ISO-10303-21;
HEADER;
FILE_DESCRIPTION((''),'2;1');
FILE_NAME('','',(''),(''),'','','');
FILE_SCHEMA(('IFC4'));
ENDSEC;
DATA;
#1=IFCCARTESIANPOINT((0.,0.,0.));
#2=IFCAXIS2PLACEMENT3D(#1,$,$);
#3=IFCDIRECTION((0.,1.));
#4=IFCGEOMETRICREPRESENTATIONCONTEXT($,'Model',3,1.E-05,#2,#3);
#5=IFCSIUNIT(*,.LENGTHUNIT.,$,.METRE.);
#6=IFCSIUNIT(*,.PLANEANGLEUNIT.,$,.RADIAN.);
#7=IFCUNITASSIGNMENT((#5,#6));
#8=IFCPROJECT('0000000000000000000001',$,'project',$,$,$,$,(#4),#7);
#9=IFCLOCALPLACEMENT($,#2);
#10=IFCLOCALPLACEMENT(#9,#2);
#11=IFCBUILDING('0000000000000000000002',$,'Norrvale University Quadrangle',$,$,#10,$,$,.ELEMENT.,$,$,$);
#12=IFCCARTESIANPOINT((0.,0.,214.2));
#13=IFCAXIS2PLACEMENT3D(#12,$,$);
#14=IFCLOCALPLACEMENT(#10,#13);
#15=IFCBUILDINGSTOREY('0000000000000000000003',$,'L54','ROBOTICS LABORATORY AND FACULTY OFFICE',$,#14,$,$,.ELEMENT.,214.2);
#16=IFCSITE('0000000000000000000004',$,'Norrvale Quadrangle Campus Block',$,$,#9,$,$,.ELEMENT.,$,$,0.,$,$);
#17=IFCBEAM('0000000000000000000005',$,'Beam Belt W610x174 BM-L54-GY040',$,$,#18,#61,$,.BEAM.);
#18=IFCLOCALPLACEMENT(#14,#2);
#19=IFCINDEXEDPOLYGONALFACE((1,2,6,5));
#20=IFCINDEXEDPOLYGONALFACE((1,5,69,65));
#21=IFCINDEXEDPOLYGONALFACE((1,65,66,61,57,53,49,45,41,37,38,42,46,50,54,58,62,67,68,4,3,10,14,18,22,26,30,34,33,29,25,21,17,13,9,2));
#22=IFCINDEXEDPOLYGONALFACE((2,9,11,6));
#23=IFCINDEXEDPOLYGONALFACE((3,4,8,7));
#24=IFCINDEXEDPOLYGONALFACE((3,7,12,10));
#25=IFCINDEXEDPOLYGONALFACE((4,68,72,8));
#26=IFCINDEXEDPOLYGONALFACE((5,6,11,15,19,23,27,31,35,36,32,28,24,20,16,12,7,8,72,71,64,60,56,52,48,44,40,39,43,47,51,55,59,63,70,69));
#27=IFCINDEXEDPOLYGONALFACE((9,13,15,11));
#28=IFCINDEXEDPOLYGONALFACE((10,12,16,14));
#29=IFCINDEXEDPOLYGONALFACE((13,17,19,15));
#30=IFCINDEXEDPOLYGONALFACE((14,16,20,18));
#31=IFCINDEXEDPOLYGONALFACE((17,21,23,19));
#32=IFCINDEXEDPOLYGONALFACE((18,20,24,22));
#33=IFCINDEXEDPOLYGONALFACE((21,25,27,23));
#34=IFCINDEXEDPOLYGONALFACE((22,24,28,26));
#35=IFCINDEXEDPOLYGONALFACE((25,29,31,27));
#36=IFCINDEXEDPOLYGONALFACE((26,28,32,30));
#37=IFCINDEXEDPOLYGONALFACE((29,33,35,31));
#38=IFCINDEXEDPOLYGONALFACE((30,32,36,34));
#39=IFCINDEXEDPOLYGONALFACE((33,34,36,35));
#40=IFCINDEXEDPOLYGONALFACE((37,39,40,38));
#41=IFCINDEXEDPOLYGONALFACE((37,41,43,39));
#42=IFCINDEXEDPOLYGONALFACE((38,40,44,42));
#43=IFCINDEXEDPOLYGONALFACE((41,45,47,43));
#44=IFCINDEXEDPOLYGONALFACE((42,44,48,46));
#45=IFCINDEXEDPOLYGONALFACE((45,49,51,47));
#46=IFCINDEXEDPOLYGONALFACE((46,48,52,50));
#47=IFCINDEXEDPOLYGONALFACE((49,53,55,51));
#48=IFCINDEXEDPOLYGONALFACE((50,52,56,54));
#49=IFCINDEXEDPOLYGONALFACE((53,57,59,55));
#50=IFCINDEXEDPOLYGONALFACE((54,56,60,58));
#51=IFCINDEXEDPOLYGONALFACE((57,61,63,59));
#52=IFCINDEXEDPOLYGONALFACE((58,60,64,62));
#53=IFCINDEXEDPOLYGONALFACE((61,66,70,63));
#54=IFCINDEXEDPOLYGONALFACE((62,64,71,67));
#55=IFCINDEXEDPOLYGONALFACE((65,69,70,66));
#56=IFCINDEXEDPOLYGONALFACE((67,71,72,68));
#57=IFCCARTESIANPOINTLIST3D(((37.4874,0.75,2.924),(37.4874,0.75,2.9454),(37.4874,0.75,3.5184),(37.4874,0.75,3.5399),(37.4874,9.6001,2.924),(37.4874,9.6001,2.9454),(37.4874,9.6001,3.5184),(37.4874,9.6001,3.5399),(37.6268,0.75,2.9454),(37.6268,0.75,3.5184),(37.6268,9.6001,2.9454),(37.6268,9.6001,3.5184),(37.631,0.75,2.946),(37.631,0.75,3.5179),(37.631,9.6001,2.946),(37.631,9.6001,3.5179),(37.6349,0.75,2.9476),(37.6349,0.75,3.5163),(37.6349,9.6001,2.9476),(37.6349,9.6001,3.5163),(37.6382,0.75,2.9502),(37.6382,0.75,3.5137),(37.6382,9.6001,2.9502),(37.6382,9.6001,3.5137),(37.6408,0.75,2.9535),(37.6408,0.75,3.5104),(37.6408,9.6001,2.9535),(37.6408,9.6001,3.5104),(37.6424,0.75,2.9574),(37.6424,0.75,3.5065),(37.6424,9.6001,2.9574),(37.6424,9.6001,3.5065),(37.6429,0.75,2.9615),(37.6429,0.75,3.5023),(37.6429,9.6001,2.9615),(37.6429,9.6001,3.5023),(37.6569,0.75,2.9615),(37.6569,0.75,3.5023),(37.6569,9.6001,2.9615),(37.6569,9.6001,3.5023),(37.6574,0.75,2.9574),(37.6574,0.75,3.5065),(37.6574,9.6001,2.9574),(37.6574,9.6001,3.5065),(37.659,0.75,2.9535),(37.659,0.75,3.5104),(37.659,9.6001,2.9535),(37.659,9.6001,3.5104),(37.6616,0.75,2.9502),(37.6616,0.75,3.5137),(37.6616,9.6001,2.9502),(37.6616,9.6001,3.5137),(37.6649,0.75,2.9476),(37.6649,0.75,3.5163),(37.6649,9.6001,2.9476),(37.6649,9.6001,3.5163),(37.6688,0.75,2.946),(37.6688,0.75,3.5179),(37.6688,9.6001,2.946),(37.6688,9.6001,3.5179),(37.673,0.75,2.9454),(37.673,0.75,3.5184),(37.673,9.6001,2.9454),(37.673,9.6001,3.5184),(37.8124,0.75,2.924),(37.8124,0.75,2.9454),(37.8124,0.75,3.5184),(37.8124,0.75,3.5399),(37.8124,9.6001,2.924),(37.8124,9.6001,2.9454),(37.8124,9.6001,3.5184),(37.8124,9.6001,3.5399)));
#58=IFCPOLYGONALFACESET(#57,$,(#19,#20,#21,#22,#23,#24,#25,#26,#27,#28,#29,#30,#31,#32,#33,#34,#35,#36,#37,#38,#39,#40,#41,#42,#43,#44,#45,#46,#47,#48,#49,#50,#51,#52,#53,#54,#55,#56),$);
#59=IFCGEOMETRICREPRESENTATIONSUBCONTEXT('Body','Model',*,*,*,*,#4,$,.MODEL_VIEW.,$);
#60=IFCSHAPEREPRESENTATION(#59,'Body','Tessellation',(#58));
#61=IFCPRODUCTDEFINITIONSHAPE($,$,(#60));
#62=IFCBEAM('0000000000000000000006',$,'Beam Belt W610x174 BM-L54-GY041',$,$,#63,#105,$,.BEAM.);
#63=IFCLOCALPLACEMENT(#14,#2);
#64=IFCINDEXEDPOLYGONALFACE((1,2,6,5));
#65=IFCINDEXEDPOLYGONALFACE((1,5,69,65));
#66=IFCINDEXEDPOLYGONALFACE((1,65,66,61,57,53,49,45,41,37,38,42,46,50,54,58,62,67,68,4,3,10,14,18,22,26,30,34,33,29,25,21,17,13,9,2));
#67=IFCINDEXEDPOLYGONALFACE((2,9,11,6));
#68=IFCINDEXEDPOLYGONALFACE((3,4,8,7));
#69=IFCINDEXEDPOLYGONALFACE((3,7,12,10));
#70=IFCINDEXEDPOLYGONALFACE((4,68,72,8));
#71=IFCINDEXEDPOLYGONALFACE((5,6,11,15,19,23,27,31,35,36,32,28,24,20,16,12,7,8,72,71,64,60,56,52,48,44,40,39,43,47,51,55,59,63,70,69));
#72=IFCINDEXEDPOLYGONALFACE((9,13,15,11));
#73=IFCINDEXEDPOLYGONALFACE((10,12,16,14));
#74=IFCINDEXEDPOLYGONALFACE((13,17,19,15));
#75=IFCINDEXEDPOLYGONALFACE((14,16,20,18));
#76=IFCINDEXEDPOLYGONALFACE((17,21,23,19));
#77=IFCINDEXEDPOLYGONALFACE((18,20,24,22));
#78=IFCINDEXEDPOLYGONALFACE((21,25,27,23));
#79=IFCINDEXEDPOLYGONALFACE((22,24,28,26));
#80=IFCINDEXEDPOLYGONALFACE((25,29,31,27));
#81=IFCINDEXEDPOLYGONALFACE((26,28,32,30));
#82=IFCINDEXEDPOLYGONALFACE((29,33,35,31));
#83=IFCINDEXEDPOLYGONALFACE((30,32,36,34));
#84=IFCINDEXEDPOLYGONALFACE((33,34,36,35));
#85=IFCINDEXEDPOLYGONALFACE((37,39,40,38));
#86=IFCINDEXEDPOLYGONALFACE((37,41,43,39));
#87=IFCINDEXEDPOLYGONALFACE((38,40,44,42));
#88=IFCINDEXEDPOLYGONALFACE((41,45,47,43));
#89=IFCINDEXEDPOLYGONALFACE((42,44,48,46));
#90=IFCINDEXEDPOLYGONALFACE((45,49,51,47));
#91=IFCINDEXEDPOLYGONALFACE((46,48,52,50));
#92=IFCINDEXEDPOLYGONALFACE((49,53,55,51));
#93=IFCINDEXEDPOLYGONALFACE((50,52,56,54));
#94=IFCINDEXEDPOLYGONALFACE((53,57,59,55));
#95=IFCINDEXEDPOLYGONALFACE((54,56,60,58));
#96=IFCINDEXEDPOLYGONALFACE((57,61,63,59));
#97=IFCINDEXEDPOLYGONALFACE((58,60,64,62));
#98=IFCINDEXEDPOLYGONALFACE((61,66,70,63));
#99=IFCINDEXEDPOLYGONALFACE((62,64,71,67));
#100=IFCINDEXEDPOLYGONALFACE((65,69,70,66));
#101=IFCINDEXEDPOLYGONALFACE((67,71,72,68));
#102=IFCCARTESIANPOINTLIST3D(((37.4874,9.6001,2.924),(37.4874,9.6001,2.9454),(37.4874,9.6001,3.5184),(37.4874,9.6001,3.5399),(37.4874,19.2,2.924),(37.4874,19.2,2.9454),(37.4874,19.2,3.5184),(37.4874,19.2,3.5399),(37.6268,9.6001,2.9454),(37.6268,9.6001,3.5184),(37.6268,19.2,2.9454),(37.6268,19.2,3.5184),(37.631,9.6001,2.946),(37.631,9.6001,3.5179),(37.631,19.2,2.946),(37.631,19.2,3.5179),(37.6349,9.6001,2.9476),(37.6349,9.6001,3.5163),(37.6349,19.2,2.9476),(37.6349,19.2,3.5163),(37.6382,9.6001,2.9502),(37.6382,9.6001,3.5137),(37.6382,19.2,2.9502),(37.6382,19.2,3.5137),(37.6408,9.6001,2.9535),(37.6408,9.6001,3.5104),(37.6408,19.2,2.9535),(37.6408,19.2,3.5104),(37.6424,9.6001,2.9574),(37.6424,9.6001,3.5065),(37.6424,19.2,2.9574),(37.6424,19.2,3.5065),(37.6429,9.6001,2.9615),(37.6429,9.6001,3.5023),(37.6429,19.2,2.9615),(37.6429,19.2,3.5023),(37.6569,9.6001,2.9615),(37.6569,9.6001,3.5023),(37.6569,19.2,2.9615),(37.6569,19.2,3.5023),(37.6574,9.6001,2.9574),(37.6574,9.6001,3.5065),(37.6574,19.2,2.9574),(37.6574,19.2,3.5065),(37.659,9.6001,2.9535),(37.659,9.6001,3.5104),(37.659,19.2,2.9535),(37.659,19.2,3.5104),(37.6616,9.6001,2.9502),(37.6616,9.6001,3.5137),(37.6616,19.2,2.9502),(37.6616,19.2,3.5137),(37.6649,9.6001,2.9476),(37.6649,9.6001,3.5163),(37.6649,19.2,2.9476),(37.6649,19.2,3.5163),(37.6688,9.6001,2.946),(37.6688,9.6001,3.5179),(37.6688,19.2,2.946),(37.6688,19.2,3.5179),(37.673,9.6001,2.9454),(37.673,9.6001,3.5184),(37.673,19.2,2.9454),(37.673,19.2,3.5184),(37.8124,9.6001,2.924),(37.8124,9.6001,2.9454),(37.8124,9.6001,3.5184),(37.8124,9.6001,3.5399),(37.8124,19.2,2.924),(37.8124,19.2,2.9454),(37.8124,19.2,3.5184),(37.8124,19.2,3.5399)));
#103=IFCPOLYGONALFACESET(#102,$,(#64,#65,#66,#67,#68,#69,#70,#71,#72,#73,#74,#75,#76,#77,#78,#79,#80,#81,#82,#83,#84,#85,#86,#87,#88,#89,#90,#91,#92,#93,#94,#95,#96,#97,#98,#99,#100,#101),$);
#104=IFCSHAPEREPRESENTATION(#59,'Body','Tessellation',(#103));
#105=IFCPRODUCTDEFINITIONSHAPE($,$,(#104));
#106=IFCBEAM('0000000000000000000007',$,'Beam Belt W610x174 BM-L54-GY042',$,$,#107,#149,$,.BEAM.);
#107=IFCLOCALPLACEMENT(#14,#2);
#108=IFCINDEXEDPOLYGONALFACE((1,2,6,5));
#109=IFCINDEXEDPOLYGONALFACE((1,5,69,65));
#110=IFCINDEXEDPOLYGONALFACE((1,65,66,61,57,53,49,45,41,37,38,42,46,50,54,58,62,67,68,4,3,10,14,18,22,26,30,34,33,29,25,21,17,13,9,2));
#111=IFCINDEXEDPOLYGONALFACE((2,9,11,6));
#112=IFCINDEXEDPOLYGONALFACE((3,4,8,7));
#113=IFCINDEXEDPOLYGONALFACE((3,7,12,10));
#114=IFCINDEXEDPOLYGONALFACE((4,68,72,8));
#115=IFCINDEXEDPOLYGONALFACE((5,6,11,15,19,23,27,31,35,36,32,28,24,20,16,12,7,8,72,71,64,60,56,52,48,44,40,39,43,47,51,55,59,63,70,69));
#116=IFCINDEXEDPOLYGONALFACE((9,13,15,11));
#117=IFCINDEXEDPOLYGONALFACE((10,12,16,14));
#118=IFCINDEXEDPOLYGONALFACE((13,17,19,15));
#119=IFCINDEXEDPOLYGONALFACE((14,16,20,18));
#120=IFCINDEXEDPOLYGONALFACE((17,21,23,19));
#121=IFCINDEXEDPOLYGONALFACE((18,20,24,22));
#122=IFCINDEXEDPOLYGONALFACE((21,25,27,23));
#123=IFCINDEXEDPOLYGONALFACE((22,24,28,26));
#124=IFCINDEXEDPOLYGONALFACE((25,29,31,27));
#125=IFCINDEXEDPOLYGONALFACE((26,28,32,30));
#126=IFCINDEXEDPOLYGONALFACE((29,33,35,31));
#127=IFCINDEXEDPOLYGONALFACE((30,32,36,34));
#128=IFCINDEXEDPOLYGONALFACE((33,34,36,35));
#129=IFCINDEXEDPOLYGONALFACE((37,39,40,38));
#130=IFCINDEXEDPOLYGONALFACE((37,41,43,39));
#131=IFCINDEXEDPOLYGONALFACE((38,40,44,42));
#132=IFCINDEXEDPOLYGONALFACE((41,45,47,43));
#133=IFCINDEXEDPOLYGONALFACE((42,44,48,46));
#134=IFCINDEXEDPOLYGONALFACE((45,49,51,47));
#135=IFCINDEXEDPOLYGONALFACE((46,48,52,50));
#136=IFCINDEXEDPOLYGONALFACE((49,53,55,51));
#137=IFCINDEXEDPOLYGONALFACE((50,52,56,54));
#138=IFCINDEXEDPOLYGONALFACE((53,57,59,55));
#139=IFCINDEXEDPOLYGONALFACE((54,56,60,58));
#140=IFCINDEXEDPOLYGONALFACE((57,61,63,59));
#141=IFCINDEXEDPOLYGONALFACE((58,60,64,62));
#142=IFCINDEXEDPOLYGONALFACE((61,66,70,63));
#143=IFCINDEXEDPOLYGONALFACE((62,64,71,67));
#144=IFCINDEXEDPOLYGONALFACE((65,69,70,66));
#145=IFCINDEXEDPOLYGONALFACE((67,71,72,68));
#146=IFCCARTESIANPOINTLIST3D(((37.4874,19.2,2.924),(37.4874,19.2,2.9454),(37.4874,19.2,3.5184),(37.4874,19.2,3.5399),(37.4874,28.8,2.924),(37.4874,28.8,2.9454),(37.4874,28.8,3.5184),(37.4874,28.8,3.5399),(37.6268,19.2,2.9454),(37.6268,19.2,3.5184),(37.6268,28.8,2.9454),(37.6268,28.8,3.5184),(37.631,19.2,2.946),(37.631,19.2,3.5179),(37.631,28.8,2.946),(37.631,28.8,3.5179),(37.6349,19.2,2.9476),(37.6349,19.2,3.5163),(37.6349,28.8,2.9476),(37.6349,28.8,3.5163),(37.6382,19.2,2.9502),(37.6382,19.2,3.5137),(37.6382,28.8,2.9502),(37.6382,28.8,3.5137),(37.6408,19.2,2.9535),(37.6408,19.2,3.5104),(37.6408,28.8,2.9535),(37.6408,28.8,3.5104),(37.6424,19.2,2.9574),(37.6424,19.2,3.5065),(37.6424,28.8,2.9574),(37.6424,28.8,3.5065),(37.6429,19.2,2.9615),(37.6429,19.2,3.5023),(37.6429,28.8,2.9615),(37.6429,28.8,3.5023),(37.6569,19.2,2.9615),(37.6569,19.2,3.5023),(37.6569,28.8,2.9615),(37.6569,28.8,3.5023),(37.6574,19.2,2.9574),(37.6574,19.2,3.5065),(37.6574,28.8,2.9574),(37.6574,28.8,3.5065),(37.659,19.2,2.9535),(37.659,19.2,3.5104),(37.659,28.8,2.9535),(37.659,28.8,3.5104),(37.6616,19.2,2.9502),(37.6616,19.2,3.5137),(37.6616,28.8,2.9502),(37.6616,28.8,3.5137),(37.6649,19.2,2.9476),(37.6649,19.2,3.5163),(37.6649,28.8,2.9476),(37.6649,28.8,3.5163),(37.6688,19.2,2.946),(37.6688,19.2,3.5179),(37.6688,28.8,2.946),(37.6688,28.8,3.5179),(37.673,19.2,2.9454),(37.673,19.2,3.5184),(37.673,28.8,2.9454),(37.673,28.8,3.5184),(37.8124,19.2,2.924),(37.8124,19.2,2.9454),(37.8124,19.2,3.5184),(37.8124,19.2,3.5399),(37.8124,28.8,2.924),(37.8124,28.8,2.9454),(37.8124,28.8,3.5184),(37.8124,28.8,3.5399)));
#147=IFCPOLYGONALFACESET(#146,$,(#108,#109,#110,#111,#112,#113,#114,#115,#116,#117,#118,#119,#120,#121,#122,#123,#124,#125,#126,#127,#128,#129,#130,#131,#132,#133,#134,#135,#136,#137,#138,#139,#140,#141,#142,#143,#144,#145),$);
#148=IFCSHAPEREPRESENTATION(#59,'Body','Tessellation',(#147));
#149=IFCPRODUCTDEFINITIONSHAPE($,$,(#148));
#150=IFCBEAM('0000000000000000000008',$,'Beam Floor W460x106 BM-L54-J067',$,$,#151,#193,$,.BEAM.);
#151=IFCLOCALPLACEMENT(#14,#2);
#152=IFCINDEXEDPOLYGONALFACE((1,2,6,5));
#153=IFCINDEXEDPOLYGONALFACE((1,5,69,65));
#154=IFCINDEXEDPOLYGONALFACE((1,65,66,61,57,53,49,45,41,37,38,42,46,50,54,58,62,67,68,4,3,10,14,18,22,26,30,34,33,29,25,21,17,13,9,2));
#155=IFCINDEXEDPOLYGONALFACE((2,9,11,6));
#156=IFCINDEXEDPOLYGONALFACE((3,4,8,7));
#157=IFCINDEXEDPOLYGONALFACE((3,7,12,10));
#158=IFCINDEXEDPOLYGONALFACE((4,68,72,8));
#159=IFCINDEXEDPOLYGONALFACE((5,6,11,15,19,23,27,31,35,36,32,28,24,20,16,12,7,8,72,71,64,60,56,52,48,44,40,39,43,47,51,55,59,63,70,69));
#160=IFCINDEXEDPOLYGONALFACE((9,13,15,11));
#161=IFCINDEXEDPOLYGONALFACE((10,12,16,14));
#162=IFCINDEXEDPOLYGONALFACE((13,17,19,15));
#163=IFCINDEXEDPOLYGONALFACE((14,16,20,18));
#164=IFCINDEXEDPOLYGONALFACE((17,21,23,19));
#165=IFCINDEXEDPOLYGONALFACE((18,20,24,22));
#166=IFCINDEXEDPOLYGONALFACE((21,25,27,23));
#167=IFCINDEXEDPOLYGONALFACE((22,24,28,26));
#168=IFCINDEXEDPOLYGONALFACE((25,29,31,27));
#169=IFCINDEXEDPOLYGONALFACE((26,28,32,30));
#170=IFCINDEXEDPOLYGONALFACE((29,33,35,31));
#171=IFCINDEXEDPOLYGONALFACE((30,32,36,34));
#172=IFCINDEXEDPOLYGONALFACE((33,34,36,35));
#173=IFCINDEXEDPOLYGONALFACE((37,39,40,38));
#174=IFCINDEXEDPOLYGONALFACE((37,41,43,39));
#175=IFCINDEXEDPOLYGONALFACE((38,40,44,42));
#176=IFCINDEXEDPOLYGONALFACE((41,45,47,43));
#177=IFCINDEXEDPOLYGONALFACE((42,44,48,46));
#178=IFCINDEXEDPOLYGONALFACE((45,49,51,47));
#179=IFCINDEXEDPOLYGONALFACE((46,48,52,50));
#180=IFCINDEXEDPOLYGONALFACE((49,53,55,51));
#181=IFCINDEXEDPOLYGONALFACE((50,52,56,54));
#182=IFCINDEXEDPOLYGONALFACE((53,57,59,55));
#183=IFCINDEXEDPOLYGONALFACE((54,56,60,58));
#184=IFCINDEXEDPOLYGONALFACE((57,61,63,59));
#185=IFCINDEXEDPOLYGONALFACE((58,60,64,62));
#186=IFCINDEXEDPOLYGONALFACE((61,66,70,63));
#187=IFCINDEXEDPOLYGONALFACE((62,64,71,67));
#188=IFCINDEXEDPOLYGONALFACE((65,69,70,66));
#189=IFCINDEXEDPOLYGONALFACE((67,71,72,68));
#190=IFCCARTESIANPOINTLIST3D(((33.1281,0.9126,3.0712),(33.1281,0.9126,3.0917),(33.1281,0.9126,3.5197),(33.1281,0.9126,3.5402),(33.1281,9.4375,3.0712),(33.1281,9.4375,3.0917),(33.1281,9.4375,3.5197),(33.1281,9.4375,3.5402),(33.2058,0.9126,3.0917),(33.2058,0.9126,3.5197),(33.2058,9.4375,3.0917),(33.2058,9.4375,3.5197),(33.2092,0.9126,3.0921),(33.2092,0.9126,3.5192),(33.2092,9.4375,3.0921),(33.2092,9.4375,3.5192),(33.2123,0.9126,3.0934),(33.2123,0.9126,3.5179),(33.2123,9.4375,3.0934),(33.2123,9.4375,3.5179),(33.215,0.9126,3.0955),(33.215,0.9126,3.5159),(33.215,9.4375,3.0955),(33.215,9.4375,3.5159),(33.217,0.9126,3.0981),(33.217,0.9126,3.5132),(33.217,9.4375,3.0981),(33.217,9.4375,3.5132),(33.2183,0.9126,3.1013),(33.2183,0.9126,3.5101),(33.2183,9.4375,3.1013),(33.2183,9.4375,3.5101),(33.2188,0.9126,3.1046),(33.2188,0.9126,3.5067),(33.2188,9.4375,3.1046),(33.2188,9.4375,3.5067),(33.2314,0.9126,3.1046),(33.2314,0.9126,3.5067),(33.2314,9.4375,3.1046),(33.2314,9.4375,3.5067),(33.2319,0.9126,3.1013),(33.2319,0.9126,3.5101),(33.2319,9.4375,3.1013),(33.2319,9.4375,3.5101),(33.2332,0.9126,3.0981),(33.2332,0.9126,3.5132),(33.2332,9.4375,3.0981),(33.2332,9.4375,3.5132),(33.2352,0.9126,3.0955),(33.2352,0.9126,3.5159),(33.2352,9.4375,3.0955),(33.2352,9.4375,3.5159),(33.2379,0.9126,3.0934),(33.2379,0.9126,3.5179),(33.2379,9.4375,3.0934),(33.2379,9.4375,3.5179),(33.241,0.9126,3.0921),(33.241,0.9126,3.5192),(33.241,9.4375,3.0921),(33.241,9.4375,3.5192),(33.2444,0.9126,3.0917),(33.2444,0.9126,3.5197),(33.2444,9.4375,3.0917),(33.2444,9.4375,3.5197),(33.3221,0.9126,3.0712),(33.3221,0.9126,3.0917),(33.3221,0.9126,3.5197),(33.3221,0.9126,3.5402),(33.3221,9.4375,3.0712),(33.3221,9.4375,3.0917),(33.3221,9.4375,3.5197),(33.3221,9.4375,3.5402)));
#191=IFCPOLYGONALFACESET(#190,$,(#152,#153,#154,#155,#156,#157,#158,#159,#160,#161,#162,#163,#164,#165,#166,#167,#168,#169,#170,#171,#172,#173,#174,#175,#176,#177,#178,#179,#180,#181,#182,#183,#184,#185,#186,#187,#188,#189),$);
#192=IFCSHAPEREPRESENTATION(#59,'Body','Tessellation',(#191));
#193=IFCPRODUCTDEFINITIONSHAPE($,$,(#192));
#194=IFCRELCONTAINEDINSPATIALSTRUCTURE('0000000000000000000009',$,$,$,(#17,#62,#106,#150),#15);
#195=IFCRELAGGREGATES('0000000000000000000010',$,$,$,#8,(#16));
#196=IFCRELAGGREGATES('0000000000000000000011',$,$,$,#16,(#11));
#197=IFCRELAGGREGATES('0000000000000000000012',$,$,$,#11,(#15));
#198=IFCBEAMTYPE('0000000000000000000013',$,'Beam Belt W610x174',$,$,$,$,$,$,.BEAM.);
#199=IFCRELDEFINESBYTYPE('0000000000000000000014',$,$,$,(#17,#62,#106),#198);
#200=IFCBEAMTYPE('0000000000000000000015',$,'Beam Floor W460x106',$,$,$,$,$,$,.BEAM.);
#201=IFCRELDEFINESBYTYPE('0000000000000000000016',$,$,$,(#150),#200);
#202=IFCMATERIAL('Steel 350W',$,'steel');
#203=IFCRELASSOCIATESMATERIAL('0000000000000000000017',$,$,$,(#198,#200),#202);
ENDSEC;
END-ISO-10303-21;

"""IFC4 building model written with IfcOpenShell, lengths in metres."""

from ifc_helpers import new_model, si_unit, direction, frame, origin, origin_2d, place, context, subcontext, project, spatial, i_section, extrude, material, material_profile, profile_set, type_object, element, save


model = new_model("IFC4")

# Units and contexts
model_context = context("Model", 3, precision=1e-05, world=origin(), true_north=direction((0.0, 1.0)))
body_context = subcontext(model_context, "Body", "Model", "MODEL_VIEW")
ifc_project = project(units=[si_unit("LENGTHUNIT", "METRE"), si_unit("PLANEANGLEUNIT", "RADIAN")], contexts=[model_context])

# Site, building, storey
site_placement = place(None, origin())
site = spatial("IfcSite", under=ifc_project, at=site_placement, Name="Norrvale Quadrangle Campus Block", CompositionType="ELEMENT", RefElevation=0.0)
building_placement = place(site_placement, origin())
building = spatial("IfcBuilding", under=site, at=building_placement, Name="Norrvale University Quadrangle", CompositionType="ELEMENT")
storey_placement = place(building_placement, frame((0.0, 0.0, 214.2)))
storey = spatial("IfcBuildingStorey", under=building, at=storey_placement, Name="L54", Description="ROBOTICS LABORATORY AND FACULTY OFFICE", CompositionType="ELEMENT", Elevation=214.2)

# Beams
ifc_material_1 = material(Name="Steel 350W", Category="steel")
ifc_material_profile_1 = material_profile(ifc_material_1, i_section(OverallWidth=0.325, OverallDepth=0.616, WebThickness=0.0139, FlangeThickness=0.0215, FilletRadius=0.0161, at=origin_2d()), Name="Steel 350W")
ifc_profile_set_1 = profile_set([ifc_material_profile_1], Name="Steel 350W")
beam_type_1 = type_object("IfcBeamType", Name="Beam Belt W610x174", PredefinedType="BEAM", material=ifc_profile_set_1)
beam_1_placement = place(storey_placement, frame((37.6499, 0.75, 3.2319), z_axis=(0.0, 1.0, 0.0), x_axis=(-1.0, 0.0, 0.0)))
element("IfcBeam", 1, at=beam_1_placement, inside=storey, type_object=beam_type_1, Name="Beam Belt W610x174 BM-L54-GY040", PredefinedType="BEAM", context=body_context, shape_type="SweptSolid", body=[
    extrude(i_section(OverallWidth=0.325, OverallDepth=0.616, WebThickness=0.0139, FlangeThickness=0.0215, FilletRadius=0.0161, at=origin_2d()), origin(), (0.0, 0.0, 1.0), 8.8501),
])
beam_2_placement = place(storey_placement, frame((37.6499, 9.6001, 3.2319), z_axis=(0.0, 1.0, 0.0), x_axis=(-1.0, 0.0, 0.0)))
element("IfcBeam", 2, at=beam_2_placement, inside=storey, type_object=beam_type_1, Name="Beam Belt W610x174 BM-L54-GY041", PredefinedType="BEAM", context=body_context, shape_type="SweptSolid", body=[
    extrude(i_section(OverallWidth=0.325, OverallDepth=0.616, WebThickness=0.0139, FlangeThickness=0.0215, FilletRadius=0.0161, at=origin_2d()), origin(), (0.0, 0.0, 1.0), 9.5999),
])
beam_3_placement = place(storey_placement, frame((37.6499, 19.2, 3.2319), z_axis=(0.0, 1.0, 0.0), x_axis=(-1.0, 0.0, 0.0)))
element("IfcBeam", 3, at=beam_3_placement, inside=storey, type_object=beam_type_1, Name="Beam Belt W610x174 BM-L54-GY042", PredefinedType="BEAM", context=body_context, shape_type="SweptSolid", body=[
    extrude(i_section(OverallWidth=0.325, OverallDepth=0.616, WebThickness=0.0139, FlangeThickness=0.0215, FilletRadius=0.0161, at=origin_2d()), origin(), (0.0, 0.0, 1.0), 9.6001),
])
ifc_material_profile_2 = material_profile(ifc_material_1, i_section(OverallWidth=0.1941, OverallDepth=0.469, WebThickness=0.0127, FlangeThickness=0.0205, FilletRadius=0.0129, at=origin_2d()), Name="Steel 350W")
ifc_profile_set_2 = profile_set([ifc_material_profile_2], Name="Steel 350W")
beam_type_2 = type_object("IfcBeamType", Name="Beam Floor W460x106", PredefinedType="BEAM", material=ifc_profile_set_2)
beam_4_placement = place(storey_placement, frame((33.2251, 0.9126, 3.3057), z_axis=(0.0, 1.0, 0.0), x_axis=(-1.0, 0.0, 0.0)))
element("IfcBeam", 4, at=beam_4_placement, inside=storey, type_object=beam_type_2, Name="Beam Floor W460x106 BM-L54-J067", PredefinedType="BEAM", context=body_context, shape_type="SweptSolid", body=[
    extrude(i_section(OverallWidth=0.1941, OverallDepth=0.469, WebThickness=0.0127, FlangeThickness=0.0205, FilletRadius=0.0129, at=origin_2d()), origin(), (0.0, 0.0, 1.0), 8.5249),
])

save(model, "model.ifc")
